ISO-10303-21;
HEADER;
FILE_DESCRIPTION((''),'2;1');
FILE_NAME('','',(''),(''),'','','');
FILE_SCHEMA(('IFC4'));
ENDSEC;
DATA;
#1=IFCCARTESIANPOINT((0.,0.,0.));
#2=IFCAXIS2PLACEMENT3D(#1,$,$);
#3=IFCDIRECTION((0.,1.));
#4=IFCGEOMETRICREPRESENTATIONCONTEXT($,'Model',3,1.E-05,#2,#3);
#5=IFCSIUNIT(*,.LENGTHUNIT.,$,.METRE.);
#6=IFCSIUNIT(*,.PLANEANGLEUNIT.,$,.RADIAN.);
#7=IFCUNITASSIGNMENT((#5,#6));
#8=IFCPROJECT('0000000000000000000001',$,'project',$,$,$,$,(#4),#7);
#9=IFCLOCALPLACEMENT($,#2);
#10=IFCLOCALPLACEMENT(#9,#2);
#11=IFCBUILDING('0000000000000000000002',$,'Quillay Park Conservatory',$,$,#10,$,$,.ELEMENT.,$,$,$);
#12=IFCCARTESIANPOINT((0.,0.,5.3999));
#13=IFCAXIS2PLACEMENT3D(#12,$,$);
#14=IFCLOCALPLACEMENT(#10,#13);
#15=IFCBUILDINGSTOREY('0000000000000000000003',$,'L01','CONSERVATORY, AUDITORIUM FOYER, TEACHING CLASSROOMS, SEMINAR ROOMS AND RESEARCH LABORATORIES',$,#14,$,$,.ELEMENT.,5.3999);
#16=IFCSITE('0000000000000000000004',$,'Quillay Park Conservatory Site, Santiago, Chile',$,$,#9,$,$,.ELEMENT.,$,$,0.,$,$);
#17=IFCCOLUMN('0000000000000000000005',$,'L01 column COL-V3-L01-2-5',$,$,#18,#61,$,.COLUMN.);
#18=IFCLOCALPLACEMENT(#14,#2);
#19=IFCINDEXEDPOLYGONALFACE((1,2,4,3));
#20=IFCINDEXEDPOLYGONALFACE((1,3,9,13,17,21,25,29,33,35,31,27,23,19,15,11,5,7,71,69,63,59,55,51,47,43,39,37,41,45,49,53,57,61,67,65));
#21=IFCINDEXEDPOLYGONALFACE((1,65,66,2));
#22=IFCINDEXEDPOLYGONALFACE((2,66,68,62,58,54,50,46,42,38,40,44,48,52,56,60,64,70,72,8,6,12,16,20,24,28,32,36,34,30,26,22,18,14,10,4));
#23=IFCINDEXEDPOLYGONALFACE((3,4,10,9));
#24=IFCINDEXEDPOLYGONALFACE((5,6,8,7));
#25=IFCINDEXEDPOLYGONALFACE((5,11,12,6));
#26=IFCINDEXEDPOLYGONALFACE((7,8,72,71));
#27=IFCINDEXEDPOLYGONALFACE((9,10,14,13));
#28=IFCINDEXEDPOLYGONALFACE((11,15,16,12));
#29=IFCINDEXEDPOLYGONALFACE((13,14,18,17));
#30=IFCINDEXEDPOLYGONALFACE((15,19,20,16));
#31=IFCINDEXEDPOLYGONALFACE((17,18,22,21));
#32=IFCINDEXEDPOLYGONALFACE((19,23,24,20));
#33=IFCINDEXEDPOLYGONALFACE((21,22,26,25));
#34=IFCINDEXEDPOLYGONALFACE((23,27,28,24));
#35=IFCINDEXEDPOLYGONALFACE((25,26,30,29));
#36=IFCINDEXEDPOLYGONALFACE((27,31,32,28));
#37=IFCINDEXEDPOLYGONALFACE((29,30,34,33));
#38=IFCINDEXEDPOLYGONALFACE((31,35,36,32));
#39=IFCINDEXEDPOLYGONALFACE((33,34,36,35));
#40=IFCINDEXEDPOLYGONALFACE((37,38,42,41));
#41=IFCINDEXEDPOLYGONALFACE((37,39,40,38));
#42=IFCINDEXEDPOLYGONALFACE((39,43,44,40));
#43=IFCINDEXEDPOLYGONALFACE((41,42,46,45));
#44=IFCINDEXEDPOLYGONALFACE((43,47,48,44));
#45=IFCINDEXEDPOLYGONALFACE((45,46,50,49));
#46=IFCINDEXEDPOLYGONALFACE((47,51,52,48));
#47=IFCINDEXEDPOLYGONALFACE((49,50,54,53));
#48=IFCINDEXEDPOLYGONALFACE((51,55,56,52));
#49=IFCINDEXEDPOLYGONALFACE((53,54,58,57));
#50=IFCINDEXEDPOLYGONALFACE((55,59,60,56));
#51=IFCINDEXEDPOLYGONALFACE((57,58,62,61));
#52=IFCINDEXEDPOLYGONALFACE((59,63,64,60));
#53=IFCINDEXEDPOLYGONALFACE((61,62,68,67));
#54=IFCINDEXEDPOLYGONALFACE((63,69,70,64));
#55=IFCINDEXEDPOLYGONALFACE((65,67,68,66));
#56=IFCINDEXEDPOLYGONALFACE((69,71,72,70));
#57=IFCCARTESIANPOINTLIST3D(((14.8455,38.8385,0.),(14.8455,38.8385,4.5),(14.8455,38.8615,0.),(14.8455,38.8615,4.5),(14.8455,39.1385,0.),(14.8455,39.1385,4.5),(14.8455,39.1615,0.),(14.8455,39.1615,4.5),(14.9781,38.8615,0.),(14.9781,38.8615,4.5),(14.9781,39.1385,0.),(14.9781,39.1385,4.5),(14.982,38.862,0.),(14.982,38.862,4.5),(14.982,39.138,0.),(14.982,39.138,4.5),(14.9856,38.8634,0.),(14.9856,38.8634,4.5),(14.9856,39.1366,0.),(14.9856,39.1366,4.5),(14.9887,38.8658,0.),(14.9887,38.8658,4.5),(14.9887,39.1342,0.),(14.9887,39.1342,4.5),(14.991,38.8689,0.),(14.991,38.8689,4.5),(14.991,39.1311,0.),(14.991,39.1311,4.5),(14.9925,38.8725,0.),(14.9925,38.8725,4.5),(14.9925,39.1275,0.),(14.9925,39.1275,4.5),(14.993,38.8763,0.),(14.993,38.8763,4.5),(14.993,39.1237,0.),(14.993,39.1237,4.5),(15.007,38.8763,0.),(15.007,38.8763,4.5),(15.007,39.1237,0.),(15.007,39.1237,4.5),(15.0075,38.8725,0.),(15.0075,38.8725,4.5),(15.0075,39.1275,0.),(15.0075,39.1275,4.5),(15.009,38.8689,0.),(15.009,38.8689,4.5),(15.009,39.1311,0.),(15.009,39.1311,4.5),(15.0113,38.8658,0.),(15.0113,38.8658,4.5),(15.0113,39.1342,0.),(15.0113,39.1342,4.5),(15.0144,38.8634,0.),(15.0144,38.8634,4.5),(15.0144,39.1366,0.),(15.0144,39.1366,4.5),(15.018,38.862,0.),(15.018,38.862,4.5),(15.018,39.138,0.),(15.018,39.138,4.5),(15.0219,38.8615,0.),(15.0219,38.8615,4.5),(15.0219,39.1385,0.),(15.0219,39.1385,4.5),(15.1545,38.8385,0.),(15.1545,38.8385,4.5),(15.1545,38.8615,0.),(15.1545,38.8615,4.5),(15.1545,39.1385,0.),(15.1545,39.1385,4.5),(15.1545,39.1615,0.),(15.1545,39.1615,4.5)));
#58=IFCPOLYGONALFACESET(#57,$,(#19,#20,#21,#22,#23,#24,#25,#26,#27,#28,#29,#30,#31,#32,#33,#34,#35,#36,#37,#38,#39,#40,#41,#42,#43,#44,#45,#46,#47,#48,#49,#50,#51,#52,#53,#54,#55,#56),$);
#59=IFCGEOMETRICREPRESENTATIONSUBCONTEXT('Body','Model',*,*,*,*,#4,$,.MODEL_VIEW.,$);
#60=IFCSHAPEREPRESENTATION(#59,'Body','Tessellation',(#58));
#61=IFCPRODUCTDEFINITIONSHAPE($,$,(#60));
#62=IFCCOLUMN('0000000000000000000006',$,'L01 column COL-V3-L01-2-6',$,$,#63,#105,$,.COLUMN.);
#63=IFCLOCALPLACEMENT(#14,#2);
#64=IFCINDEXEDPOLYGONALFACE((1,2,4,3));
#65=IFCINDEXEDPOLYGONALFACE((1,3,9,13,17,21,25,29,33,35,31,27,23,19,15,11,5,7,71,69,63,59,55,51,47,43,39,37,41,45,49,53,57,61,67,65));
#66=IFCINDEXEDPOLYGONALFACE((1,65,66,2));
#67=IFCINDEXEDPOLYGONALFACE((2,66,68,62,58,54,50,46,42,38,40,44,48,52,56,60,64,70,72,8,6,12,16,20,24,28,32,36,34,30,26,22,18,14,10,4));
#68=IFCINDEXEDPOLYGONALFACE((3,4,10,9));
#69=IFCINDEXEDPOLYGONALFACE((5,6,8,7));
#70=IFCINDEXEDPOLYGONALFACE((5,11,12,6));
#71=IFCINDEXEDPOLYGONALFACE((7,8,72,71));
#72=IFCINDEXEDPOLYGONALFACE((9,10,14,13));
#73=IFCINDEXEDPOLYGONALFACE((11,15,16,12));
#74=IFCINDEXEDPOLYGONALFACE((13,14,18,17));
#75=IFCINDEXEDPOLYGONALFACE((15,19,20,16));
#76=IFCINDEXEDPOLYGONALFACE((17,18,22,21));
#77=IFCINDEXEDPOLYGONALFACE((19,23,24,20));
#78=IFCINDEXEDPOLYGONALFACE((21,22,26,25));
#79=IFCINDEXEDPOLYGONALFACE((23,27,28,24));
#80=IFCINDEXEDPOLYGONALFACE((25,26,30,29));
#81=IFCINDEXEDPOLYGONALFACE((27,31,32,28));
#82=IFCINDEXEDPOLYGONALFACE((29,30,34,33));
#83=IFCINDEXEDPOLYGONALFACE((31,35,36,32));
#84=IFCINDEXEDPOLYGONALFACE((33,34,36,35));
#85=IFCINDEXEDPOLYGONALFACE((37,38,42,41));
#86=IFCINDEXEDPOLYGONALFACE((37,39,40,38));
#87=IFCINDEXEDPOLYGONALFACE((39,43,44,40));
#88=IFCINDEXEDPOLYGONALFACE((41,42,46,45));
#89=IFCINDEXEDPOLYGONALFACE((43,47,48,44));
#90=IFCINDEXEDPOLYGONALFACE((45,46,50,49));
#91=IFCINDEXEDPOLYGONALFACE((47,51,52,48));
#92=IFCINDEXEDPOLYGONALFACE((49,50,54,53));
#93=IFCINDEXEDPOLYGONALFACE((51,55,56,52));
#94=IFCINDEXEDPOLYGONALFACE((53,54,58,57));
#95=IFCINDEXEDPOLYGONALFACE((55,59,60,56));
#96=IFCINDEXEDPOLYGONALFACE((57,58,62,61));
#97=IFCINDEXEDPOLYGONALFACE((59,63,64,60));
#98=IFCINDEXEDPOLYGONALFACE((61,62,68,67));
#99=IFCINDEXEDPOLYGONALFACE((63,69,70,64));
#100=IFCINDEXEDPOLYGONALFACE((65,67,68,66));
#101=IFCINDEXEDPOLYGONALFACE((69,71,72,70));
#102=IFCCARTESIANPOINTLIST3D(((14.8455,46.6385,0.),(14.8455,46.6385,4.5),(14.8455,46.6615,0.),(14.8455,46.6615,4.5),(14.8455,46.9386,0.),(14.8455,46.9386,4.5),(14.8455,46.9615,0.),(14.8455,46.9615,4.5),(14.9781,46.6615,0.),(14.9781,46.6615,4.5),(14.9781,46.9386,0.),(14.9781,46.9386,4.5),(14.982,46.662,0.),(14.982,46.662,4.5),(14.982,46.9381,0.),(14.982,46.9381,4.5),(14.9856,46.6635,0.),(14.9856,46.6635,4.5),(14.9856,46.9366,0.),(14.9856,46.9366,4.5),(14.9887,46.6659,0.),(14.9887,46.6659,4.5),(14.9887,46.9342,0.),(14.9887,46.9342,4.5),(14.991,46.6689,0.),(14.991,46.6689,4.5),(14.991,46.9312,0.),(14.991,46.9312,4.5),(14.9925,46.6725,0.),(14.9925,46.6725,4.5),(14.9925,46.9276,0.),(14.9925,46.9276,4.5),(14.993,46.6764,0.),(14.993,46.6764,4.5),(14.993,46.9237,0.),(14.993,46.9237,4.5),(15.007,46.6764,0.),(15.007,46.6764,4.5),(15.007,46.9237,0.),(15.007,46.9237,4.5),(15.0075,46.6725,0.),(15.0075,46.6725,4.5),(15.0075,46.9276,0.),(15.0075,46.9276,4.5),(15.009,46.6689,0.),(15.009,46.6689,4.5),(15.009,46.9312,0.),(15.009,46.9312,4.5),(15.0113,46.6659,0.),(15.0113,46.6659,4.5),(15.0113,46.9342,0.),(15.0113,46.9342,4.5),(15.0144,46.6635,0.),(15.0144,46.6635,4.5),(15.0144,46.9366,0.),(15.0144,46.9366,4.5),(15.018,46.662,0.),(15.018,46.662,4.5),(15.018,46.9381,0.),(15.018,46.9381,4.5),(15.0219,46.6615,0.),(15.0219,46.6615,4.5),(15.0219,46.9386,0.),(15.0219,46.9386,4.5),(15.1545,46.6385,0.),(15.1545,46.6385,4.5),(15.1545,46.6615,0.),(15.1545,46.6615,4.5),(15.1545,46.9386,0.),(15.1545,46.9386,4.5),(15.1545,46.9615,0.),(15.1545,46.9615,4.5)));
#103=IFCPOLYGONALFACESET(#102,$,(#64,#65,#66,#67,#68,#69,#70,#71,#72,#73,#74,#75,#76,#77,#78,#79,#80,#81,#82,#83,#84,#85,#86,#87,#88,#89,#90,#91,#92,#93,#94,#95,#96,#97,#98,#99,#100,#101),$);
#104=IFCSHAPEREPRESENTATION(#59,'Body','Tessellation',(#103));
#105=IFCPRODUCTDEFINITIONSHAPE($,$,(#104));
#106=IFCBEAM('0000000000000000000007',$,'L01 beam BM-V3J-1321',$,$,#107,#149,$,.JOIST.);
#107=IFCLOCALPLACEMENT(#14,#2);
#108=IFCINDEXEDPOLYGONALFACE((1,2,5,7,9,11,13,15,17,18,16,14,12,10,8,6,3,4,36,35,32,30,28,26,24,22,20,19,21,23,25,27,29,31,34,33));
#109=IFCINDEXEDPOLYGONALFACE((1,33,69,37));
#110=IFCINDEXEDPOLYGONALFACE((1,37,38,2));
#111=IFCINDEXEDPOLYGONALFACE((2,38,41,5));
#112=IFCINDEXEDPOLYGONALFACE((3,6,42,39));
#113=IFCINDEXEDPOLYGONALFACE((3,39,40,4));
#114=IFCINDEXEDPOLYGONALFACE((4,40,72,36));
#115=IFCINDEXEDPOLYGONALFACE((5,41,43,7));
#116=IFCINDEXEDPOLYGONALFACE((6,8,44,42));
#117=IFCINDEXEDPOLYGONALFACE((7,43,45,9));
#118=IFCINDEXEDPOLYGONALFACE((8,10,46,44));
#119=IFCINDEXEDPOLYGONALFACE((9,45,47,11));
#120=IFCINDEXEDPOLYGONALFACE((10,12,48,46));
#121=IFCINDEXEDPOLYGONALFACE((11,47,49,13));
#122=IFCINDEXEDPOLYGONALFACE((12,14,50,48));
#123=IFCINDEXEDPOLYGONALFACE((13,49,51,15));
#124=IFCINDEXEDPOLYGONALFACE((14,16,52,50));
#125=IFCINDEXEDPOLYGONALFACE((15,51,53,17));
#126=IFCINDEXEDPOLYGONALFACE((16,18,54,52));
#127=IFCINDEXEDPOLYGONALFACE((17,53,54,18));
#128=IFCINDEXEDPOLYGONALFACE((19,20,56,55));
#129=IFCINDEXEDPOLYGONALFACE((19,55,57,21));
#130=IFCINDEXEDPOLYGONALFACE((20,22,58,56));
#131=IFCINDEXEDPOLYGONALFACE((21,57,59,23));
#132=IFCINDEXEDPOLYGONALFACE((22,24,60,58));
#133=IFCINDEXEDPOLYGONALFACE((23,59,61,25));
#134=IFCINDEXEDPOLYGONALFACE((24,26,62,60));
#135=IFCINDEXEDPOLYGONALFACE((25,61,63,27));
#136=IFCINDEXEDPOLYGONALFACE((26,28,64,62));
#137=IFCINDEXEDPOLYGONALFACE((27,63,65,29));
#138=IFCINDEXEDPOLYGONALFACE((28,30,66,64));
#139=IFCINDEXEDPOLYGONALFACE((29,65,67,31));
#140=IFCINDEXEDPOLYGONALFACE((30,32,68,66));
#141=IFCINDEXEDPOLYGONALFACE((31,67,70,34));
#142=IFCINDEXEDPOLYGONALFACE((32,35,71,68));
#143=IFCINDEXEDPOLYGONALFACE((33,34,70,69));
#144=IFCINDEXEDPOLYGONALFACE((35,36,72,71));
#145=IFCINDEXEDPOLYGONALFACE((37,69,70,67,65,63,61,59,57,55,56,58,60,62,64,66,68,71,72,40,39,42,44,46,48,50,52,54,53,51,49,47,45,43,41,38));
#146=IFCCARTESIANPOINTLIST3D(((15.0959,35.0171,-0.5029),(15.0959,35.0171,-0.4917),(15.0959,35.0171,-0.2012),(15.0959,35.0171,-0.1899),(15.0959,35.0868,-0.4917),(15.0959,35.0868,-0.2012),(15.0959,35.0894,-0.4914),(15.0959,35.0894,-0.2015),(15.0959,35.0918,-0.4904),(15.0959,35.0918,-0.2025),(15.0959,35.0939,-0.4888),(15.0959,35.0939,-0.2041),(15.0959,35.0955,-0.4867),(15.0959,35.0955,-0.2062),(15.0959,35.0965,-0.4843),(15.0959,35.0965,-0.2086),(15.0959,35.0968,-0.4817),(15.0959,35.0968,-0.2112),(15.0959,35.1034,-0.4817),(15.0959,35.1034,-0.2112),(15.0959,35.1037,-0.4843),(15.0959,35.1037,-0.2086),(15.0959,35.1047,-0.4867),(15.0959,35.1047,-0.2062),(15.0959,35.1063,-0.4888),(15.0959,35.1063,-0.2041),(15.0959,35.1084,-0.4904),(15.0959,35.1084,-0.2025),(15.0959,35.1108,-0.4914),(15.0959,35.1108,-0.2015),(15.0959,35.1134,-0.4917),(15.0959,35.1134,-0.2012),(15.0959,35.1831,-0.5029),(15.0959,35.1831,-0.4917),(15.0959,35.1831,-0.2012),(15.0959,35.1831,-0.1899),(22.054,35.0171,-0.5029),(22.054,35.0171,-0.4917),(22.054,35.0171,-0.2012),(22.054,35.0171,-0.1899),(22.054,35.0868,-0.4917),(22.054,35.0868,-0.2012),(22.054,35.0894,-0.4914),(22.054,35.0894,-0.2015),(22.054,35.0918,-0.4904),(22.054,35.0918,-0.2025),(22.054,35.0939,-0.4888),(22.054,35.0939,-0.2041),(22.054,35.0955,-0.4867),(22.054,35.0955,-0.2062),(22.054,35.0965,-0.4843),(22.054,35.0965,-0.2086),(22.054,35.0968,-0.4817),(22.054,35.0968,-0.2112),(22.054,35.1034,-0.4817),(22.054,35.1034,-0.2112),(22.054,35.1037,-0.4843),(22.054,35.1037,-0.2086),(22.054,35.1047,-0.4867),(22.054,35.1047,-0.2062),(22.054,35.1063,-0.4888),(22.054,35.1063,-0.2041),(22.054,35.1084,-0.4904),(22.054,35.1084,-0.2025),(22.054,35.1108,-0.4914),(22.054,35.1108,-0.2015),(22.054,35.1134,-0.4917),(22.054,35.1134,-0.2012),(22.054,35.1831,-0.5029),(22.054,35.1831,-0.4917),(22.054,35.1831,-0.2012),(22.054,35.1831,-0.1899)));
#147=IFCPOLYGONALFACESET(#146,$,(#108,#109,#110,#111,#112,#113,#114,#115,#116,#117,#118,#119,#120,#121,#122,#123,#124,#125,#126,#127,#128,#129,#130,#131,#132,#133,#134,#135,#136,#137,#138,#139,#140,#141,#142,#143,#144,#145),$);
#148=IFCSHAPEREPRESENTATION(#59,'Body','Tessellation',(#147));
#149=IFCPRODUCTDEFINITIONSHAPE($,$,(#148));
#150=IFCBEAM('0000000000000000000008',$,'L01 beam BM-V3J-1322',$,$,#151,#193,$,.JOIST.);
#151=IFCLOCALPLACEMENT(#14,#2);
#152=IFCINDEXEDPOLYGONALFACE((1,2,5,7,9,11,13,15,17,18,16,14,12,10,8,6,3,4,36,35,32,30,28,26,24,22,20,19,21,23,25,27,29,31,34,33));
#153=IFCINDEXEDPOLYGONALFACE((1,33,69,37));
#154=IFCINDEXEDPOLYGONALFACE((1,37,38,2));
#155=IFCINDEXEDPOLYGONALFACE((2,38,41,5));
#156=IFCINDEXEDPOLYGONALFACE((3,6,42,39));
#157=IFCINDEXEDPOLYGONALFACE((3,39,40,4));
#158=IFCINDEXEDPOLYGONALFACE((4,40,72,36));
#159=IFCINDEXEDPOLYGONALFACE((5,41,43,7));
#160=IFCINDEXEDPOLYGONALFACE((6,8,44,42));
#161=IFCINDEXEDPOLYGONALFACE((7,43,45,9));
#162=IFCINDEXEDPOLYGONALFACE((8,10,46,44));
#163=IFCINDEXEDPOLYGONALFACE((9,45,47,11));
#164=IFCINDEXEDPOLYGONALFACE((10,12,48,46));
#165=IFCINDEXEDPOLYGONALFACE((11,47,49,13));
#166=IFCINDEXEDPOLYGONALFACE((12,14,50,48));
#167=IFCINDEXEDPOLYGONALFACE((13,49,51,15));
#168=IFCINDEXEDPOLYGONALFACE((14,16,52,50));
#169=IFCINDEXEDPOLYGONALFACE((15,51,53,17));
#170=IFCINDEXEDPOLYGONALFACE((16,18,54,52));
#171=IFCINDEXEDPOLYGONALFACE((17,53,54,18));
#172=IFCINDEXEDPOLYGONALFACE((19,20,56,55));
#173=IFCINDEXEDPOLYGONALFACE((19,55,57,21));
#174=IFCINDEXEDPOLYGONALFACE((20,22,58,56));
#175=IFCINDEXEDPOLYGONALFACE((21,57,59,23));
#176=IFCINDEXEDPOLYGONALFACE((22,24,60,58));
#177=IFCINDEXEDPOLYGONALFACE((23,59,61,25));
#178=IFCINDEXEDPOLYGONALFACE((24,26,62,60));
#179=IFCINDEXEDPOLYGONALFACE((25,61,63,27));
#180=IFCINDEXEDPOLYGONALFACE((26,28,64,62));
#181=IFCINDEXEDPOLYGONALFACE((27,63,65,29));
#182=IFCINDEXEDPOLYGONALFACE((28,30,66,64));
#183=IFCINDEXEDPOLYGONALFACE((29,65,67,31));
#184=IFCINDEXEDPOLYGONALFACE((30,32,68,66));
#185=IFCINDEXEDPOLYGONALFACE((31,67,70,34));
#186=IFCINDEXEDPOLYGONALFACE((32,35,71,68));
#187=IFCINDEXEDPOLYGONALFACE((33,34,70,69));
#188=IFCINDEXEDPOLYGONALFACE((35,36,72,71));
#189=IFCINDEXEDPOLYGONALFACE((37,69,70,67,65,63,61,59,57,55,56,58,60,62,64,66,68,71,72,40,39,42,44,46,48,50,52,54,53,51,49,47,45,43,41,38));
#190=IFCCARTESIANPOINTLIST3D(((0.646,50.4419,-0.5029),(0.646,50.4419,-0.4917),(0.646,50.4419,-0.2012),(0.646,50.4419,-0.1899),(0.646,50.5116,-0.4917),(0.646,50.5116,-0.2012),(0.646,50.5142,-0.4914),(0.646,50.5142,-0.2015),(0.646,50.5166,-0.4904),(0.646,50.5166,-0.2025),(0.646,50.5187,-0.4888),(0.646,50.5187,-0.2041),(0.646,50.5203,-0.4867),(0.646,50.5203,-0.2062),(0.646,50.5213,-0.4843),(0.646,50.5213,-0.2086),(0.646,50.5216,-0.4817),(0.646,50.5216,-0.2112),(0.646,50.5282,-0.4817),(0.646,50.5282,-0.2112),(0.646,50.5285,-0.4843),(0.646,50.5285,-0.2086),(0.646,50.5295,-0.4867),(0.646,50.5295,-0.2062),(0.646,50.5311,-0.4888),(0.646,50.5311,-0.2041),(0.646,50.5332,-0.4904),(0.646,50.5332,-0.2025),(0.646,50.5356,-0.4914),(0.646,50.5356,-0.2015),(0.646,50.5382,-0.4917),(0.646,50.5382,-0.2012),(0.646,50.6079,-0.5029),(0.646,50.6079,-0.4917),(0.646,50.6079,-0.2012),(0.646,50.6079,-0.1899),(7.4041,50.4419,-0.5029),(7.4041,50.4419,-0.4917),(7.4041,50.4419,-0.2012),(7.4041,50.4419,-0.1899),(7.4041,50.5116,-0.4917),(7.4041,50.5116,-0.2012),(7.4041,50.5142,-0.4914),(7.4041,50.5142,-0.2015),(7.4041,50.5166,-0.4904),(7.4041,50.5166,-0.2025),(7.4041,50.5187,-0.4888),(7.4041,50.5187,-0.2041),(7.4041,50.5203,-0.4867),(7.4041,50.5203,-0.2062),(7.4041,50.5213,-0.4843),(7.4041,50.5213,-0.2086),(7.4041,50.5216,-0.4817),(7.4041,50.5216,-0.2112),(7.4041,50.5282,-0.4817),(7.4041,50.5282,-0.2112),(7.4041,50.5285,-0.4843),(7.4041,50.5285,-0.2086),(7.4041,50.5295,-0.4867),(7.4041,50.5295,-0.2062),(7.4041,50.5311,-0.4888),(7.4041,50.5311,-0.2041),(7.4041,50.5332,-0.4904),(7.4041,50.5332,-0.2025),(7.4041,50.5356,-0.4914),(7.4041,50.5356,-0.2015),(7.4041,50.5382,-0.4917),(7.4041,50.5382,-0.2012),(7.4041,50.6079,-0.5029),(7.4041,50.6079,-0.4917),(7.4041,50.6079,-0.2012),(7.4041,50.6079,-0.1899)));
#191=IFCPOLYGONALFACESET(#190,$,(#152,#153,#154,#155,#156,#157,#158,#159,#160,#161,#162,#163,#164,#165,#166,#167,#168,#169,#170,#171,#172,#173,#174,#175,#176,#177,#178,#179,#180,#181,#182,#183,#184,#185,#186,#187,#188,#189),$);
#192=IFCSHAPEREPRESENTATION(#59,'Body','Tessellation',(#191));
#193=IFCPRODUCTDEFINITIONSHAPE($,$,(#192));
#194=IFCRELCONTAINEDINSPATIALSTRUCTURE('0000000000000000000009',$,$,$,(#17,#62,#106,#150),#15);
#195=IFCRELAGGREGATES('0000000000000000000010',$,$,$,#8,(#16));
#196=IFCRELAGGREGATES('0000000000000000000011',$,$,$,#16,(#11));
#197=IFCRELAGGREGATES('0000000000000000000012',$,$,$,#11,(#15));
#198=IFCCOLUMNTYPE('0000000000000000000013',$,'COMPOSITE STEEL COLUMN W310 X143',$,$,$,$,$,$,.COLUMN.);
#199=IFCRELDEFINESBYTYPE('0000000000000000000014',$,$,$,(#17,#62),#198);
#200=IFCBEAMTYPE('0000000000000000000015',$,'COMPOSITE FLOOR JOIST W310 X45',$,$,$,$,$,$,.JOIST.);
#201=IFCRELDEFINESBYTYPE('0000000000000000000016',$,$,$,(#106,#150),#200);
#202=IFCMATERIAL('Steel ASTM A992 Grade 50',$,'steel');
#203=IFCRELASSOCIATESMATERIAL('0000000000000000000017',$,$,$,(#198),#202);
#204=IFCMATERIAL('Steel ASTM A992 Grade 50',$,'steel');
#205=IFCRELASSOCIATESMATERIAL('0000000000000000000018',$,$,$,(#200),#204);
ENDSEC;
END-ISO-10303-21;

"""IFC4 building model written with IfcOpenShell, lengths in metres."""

from ifc_helpers import new_model, si_unit, direction, frame, origin, origin_2d, place, context, subcontext, project, spatial, i_section, extrude, material, material_profile, profile_set, type_object, element, save


model = new_model("IFC4")

# Units and contexts
model_context = context("Model", 3, precision=1e-05, world=origin(), true_north=direction((0.0, 1.0)))
body_context = subcontext(model_context, "Body", "Model", "MODEL_VIEW")
ifc_project = project(units=[si_unit("LENGTHUNIT", "METRE"), si_unit("PLANEANGLEUNIT", "RADIAN")], contexts=[model_context])

# Site, building, storey
site_placement = place(None, origin())
site = spatial("IfcSite", under=ifc_project, at=site_placement, Name="Quillay Park Conservatory Site, Santiago, Chile", CompositionType="ELEMENT", RefElevation=0.0)
building_placement = place(site_placement, origin())
building = spatial("IfcBuilding", under=site, at=building_placement, Name="Quillay Park Conservatory", CompositionType="ELEMENT")
storey_placement = place(building_placement, frame((0.0, 0.0, 5.3999)))
storey = spatial("IfcBuildingStorey", under=building, at=storey_placement, Name="L01", Description="CONSERVATORY, AUDITORIUM FOYER, TEACHING CLASSROOMS, SEMINAR ROOMS AND RESEARCH LABORATORIES", CompositionType="ELEMENT", Elevation=5.3999)

# Columns
ifc_material_1 = material(Name="Steel ASTM A992 Grade 50", Category="steel")
ifc_material_profile_1 = material_profile(ifc_material_1, i_section(OverallWidth=0.3091, OverallDepth=0.323, WebThickness=0.0139, FlangeThickness=0.0229, FilletRadius=0.0149, at=origin_2d()), Name="W310x143")
ifc_profile_set_1 = profile_set([ifc_material_profile_1], Name="Steel ASTM A992 Grade 50")
column_type = type_object("IfcColumnType", Name="COMPOSITE STEEL COLUMN W310 X143", PredefinedType="COLUMN", material=ifc_profile_set_1)
for number, where, z_axis, x_axis, name in (
    (1, (15.0, 39.0, 0.0), (0.0, 0.0, 1.0), (1.0, 0.0, 0.0), "L01 column COL-V3-L01-2-5"),
    (2, (15.0, 46.8, 0.0), (0.0, 0.0, 1.0), (1.0, 0.0, 0.0), "L01 column COL-V3-L01-2-6"),
):
    element("IfcColumn", number, at=place(storey_placement, frame(where, z_axis=z_axis, x_axis=x_axis)), inside=storey, type_object=column_type, Name=name, PredefinedType="COLUMN", context=body_context, shape_type="SweptSolid", body=[
        extrude(i_section(OverallWidth=0.3091, OverallDepth=0.323, WebThickness=0.0139, FlangeThickness=0.0229, FilletRadius=0.0149, at=origin_2d()), origin(), (0.0, 0.0, 1.0), 4.5),
    ])

# Beams
ifc_material_2 = material(Name="Steel ASTM A992 Grade 50", Category="steel")
ifc_material_profile_2 = material_profile(ifc_material_2, i_section(OverallWidth=0.166, OverallDepth=0.313, WebThickness=0.0066, FlangeThickness=0.0112, FilletRadius=0.01, at=origin_2d()), Name="W310x45")
ifc_profile_set_2 = profile_set([ifc_material_profile_2], Name="Steel ASTM A992 Grade 50")
beam_type_1 = type_object("IfcBeamType", Name="COMPOSITE FLOOR JOIST W310 X45", PredefinedType="JOIST", material=ifc_profile_set_2)
beam_1_placement = place(storey_placement, frame((15.0959, 35.1001, -0.3464), z_axis=(1.0, 0.0, 0.0), x_axis=(0.0, 1.0, 0.0)))
element("IfcBeam", 3, at=beam_1_placement, inside=storey, type_object=beam_type_1, Name="L01 beam BM-V3J-1321", PredefinedType="JOIST", context=body_context, shape_type="SweptSolid", body=[
    extrude(i_section(OverallWidth=0.166, OverallDepth=0.313, WebThickness=0.0066, FlangeThickness=0.0112, FilletRadius=0.01, at=origin_2d()), origin(), (0.0, 0.0, 1.0), 6.958),
])
beam_2_placement = place(storey_placement, frame((0.646, 50.5249, -0.3464), z_axis=(1.0, 0.0, 0.0), x_axis=(0.0, 1.0, 0.0)))
element("IfcBeam", 4, at=beam_2_placement, inside=storey, type_object=beam_type_1, Name="L01 beam BM-V3J-1322", PredefinedType="JOIST", context=body_context, shape_type="SweptSolid", body=[
    extrude(i_section(OverallWidth=0.166, OverallDepth=0.313, WebThickness=0.0066, FlangeThickness=0.0112, FilletRadius=0.01, at=origin_2d()), origin(), (0.0, 0.0, 1.0), 6.7581),
])

save(model, "model.ifc")
